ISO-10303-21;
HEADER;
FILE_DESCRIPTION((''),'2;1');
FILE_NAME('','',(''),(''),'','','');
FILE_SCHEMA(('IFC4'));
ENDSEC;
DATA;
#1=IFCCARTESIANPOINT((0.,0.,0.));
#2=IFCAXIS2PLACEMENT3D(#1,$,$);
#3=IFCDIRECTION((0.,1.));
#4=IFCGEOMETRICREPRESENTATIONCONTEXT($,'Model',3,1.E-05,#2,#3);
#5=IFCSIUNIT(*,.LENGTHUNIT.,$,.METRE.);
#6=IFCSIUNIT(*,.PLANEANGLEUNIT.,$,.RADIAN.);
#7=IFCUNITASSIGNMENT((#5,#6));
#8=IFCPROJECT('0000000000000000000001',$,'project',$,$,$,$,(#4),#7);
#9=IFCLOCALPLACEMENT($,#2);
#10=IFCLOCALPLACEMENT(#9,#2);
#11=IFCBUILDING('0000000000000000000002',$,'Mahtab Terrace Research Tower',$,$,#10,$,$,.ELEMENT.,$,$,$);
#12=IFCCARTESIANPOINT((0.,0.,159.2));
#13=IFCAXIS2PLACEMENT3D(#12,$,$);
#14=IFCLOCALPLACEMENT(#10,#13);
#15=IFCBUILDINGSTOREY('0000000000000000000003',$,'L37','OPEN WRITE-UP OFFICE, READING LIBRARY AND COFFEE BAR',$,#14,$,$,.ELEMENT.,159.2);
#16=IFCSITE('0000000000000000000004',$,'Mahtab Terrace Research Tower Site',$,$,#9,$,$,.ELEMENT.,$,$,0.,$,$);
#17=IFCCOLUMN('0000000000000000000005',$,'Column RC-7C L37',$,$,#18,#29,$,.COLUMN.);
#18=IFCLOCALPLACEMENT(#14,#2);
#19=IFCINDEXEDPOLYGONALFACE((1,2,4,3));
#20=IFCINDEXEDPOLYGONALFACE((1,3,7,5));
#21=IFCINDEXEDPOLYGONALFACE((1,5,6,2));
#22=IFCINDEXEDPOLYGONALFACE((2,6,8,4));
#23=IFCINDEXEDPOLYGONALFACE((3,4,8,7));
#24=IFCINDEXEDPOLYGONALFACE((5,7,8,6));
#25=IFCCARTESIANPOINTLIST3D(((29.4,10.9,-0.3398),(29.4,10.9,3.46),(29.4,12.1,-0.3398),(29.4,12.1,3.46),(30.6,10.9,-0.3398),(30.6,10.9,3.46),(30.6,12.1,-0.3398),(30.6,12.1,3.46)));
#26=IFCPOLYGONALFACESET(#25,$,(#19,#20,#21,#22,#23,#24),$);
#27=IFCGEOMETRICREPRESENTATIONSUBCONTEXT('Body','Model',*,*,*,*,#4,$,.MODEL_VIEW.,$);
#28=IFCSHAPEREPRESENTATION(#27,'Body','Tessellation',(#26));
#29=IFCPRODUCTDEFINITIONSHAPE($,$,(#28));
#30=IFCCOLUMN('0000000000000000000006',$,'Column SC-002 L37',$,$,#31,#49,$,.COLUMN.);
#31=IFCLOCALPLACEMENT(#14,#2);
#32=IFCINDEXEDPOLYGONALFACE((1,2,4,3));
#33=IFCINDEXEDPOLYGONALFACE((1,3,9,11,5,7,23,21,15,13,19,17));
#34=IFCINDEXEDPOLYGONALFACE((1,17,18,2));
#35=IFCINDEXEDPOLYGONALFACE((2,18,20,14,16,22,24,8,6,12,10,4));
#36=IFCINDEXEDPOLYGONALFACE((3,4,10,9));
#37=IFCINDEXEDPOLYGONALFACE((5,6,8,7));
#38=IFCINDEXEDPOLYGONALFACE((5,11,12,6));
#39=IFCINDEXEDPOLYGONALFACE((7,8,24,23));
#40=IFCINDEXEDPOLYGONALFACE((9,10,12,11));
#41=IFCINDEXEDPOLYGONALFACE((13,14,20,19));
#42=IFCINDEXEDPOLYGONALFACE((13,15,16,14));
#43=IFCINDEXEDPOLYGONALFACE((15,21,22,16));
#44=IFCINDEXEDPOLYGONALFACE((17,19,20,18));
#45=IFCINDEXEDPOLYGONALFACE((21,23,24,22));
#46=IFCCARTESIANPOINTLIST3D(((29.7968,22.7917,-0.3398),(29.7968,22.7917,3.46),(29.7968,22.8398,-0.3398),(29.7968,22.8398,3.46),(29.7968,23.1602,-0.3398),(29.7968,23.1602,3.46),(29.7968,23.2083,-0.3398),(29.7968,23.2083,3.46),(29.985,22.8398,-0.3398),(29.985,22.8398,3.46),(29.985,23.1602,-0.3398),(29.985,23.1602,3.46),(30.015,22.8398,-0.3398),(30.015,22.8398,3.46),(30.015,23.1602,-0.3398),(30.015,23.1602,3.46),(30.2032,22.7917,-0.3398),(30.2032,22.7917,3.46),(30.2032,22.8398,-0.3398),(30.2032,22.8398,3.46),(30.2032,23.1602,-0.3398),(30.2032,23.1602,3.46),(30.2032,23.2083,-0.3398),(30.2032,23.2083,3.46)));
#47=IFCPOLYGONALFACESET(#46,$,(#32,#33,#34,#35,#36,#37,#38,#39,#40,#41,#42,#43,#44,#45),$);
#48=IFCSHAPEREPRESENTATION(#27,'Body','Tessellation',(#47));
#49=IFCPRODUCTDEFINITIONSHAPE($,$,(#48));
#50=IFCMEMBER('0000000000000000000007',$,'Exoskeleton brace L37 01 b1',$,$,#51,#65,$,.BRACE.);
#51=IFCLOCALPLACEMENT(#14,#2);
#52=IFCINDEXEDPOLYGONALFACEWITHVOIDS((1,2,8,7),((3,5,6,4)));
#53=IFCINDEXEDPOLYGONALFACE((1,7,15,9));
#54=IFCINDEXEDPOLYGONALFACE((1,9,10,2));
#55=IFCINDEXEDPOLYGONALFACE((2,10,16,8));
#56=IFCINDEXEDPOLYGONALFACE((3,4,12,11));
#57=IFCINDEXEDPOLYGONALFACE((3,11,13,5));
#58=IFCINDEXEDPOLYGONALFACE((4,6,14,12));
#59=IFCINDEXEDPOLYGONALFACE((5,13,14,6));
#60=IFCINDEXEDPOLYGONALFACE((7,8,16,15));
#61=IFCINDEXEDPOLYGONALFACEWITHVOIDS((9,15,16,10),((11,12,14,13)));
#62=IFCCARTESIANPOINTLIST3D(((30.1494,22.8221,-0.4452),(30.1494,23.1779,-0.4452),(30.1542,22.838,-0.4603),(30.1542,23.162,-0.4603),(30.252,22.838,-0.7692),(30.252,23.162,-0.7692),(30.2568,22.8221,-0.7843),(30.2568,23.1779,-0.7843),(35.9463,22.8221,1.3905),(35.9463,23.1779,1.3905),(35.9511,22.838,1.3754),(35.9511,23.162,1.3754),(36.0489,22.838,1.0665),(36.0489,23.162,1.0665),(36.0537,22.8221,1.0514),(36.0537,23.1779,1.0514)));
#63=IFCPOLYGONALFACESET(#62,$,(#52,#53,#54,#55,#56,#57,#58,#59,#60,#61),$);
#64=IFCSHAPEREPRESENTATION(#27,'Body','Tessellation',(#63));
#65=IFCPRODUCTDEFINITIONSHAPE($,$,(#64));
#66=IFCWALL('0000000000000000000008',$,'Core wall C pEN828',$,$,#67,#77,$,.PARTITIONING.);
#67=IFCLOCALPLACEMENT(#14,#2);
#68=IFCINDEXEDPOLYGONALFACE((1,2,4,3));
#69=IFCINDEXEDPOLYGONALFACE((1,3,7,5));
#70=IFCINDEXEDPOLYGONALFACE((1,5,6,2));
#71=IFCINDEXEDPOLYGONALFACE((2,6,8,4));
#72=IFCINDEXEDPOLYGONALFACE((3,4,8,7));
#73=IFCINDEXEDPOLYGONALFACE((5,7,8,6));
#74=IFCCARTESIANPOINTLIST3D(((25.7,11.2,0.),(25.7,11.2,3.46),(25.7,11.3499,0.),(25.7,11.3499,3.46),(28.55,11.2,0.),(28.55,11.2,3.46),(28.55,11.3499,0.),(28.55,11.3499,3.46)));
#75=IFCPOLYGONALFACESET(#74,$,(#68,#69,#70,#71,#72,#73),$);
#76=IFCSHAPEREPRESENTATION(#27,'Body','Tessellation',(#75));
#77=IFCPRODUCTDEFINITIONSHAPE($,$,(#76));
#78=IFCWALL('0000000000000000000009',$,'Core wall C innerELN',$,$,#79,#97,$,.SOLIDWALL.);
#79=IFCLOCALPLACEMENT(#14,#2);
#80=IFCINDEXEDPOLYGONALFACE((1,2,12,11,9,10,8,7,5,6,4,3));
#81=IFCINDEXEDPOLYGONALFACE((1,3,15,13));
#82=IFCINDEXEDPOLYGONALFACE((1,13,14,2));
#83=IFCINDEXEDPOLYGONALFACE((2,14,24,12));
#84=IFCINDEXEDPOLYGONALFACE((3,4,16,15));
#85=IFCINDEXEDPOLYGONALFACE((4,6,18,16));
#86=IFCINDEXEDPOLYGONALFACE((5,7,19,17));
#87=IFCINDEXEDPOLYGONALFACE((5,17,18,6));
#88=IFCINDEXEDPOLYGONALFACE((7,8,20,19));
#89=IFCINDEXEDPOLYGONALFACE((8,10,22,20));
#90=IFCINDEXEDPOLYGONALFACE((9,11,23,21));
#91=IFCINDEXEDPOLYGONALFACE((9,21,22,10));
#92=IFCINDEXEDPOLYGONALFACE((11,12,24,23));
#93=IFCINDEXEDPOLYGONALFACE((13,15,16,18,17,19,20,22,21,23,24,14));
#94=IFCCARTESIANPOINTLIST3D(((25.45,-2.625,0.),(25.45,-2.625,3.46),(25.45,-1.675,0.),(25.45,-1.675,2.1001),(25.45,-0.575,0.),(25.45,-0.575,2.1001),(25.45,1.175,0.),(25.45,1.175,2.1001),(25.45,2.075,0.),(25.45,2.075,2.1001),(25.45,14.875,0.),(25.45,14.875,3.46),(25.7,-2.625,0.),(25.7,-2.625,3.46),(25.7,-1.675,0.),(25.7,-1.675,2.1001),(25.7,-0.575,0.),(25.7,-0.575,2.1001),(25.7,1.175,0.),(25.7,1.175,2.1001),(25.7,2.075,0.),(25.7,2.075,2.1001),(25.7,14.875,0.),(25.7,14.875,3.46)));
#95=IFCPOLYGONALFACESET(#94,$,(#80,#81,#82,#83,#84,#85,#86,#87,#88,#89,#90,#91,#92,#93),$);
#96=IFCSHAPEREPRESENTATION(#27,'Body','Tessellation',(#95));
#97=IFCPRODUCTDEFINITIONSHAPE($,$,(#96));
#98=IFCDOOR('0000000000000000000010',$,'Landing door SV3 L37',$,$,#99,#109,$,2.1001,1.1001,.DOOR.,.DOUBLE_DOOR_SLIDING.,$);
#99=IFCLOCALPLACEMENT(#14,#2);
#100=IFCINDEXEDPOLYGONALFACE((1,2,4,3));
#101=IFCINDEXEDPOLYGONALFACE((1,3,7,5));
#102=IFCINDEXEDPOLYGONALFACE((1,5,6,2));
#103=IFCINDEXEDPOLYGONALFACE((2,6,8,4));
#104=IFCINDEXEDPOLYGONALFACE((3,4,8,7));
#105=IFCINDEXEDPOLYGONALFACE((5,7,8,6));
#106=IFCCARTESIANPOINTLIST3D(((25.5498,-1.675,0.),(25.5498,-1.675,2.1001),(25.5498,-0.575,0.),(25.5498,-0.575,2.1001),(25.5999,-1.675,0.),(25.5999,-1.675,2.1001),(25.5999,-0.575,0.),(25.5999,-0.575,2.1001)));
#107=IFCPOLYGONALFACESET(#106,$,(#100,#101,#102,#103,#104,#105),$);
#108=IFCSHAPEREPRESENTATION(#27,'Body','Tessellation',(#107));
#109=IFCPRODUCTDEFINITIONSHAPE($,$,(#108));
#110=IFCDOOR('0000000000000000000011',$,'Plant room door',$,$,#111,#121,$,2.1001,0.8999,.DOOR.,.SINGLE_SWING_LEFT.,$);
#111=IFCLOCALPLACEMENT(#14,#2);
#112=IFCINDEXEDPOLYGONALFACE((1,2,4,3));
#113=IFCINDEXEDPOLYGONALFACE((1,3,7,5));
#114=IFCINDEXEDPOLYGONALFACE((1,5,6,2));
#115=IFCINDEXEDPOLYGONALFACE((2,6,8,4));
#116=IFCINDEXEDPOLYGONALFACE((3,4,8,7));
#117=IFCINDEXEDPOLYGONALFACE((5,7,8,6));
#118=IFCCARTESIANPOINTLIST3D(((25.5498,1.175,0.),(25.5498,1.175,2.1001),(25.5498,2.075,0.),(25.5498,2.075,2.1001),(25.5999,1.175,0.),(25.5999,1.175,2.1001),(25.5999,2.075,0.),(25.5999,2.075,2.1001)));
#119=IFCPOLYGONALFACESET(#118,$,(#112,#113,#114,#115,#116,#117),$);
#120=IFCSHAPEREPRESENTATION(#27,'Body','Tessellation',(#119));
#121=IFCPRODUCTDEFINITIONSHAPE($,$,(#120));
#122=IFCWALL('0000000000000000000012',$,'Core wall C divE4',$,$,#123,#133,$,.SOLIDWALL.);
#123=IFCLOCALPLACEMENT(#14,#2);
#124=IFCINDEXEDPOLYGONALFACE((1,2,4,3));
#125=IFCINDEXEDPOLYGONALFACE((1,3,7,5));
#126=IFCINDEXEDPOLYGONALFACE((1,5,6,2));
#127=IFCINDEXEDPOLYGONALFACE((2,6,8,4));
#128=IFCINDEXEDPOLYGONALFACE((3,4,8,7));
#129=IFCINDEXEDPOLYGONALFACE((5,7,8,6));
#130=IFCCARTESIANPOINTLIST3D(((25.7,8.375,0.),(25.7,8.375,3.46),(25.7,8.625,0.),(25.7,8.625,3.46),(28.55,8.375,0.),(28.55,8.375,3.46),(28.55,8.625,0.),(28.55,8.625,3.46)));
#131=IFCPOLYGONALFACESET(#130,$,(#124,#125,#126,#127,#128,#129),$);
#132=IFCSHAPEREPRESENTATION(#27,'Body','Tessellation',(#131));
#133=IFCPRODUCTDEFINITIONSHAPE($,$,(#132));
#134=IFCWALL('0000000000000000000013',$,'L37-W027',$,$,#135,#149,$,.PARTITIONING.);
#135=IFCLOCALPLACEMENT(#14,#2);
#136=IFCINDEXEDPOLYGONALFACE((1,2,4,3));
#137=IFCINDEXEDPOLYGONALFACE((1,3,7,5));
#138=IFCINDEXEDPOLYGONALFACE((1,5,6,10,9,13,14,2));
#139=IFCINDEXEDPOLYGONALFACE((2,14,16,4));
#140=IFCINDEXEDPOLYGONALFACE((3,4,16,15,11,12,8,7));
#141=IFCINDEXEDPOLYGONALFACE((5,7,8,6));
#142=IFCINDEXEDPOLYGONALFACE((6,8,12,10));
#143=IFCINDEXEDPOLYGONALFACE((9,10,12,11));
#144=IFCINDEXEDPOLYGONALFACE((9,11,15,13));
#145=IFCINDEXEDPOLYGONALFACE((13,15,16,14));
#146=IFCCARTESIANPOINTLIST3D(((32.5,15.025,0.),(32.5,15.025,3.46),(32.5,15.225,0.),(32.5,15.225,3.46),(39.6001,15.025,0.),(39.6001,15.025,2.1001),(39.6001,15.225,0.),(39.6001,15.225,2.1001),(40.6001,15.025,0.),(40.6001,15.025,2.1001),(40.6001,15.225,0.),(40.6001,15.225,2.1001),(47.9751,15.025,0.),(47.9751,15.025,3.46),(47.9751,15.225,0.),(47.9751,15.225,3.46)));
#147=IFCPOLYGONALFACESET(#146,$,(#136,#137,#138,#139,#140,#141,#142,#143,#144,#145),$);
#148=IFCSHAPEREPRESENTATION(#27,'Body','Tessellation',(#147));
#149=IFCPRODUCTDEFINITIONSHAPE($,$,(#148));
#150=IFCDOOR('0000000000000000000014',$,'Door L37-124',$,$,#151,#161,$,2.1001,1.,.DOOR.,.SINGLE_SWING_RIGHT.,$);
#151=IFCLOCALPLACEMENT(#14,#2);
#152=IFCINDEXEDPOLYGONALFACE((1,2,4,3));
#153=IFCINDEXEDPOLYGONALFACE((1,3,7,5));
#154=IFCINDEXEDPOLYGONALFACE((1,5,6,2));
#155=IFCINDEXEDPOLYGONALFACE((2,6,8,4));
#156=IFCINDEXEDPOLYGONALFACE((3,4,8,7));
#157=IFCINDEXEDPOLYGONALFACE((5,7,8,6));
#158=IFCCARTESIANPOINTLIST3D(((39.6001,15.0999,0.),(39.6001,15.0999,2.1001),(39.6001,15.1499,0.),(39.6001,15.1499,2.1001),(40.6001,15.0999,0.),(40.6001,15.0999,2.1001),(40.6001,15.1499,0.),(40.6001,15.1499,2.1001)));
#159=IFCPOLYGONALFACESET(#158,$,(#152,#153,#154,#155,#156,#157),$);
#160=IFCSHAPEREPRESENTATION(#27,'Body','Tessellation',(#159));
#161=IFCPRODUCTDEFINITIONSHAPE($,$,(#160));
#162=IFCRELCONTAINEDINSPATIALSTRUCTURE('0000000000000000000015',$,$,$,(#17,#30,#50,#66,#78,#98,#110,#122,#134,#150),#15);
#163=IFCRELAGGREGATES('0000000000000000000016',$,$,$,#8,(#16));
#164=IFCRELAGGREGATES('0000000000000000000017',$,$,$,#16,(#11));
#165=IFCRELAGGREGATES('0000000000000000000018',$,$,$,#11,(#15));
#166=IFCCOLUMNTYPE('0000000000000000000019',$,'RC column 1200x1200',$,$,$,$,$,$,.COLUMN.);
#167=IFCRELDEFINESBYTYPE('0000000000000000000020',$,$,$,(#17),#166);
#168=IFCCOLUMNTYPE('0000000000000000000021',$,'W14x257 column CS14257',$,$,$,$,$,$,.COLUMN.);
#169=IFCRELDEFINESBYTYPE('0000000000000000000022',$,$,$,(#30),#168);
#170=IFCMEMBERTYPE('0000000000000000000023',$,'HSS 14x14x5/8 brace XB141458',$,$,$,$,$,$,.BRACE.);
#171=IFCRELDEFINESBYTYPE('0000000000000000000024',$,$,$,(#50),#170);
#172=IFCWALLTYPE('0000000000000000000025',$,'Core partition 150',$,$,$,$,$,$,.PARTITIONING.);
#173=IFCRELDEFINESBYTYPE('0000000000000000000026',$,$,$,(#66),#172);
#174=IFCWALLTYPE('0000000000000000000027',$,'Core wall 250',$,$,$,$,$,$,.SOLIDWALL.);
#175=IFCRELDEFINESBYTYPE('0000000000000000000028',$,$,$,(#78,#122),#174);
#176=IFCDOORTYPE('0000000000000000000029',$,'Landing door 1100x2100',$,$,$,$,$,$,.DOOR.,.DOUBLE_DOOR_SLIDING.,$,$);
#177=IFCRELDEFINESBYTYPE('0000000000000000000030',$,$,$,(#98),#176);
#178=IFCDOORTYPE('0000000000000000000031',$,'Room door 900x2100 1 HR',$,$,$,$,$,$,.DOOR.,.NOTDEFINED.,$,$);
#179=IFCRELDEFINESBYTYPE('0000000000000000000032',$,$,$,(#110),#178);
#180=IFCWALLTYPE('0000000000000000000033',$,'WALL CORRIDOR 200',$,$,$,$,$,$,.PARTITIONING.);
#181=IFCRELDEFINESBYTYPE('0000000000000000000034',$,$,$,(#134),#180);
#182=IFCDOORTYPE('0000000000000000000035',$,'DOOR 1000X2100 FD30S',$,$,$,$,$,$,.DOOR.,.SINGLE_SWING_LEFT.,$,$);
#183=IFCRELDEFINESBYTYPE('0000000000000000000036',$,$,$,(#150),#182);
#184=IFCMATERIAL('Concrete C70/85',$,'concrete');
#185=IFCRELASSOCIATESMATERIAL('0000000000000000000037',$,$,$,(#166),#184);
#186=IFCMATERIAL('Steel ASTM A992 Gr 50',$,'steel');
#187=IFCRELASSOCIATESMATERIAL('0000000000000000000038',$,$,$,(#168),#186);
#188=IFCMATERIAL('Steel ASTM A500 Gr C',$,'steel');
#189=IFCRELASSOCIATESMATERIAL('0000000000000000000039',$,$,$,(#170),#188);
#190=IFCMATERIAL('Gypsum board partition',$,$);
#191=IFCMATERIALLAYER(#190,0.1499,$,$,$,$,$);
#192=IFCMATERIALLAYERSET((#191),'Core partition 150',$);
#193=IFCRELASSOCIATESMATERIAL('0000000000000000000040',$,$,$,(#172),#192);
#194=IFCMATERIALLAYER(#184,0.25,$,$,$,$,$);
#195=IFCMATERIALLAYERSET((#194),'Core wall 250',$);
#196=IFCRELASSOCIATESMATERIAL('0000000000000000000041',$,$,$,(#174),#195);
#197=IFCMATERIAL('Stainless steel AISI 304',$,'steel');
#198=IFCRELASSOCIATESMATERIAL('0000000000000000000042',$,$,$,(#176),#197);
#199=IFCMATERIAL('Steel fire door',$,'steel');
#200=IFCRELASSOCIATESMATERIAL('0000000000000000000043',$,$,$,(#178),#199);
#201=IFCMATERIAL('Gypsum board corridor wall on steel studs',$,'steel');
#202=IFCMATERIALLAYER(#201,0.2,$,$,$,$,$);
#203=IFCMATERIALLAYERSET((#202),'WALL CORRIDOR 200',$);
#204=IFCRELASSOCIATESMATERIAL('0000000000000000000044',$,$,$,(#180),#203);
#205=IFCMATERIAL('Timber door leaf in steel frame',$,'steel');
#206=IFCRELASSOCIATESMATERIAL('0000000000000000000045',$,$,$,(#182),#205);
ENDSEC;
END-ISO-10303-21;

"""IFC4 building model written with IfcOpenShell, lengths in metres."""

from ifc_helpers import new_model, si_unit, direction, frame, frame_2d, origin, origin_2d, place, context, subcontext, project, spatial, rectangle, hollow_rectangle, i_section, extrude, material, layer, layer_set, material_profile, profile_set, type_object, element, fill, save


model = new_model("IFC4")

# Units and contexts
model_context = context("Model", 3, precision=1e-05, world=origin(), true_north=direction((0.0, 1.0)))
body_context = subcontext(model_context, "Body", "Model", "MODEL_VIEW")
ifc_project = project(units=[si_unit("LENGTHUNIT", "METRE"), si_unit("PLANEANGLEUNIT", "RADIAN")], contexts=[model_context])

# Site, building, storey
site_placement = place(None, origin())
site = spatial("IfcSite", under=ifc_project, at=site_placement, Name="Mahtab Terrace Research Tower Site", CompositionType="ELEMENT", RefElevation=0.0)
building_placement = place(site_placement, origin())
building = spatial("IfcBuilding", under=site, at=building_placement, Name="Mahtab Terrace Research Tower", CompositionType="ELEMENT")
storey_placement = place(building_placement, frame((0.0, 0.0, 159.2)))
storey = spatial("IfcBuildingStorey", under=building, at=storey_placement, Name="L37", Description="OPEN WRITE-UP OFFICE, READING LIBRARY AND COFFEE BAR", CompositionType="ELEMENT", Elevation=159.2)

# Columns
ifc_material_1 = material(Name="Concrete C70/85", Category="concrete")
ifc_material_profile_1 = material_profile(ifc_material_1, rectangle(XDim=1.2, YDim=1.2, at=origin_2d()), Name="RC column 1200x1200")
ifc_profile_set_1 = profile_set([ifc_material_profile_1], Name="Concrete C70/85")
column_type_1 = type_object("IfcColumnType", Name="RC column 1200x1200", PredefinedType="COLUMN", material=ifc_profile_set_1)
column_1_placement = place(storey_placement, frame((30.0, 11.5, -0.3398), z_axis=(0.0, 0.0, 1.0), x_axis=(1.0, 0.0, 0.0)))
element("IfcColumn", 1, at=column_1_placement, inside=storey, type_object=column_type_1, Name="Column RC-7C L37", PredefinedType="COLUMN", context=body_context, shape_type="SweptSolid", body=[
    extrude(rectangle(XDim=1.2, YDim=1.2, at=origin_2d()), origin(), (0.0, 0.0, 1.0), 3.7998),
])
ifc_material_2 = material(Name="Steel ASTM A992 Gr 50", Category="steel")
ifc_material_profile_2 = material_profile(ifc_material_2, i_section(OverallWidth=0.4065, OverallDepth=0.4165, WebThickness=0.03, FlangeThickness=0.0481, at=origin_2d()), Name="W14X257")
ifc_profile_set_2 = profile_set([ifc_material_profile_2], Name="Steel ASTM A992 Gr 50")
column_type_2 = type_object("IfcColumnType", Name="W14x257 column CS14257", PredefinedType="COLUMN", material=ifc_profile_set_2)
column_2_placement = place(storey_placement, frame((30.0, 23.0, -0.3398), z_axis=(0.0, 0.0, 1.0), x_axis=(1.0, 0.0, 0.0)))
element("IfcColumn", 2, at=column_2_placement, inside=storey, type_object=column_type_2, Name="Column SC-002 L37", PredefinedType="COLUMN", context=body_context, shape_type="SweptSolid", body=[
    extrude(i_section(OverallWidth=0.4065, OverallDepth=0.4165, WebThickness=0.03, FlangeThickness=0.0481, at=origin_2d()), origin(), (0.0, 0.0, 1.0), 3.7998),
])

# Member
ifc_material_3 = material(Name="Steel ASTM A500 Gr C", Category="steel")
ifc_material_profile_3 = material_profile(ifc_material_3, hollow_rectangle(XDim=0.3557, YDim=0.3557, WallThickness=0.0159, at=origin_2d()), Name="HSS14X14X5/8")
ifc_profile_set_3 = profile_set([ifc_material_profile_3], Name="Steel ASTM A500 Gr C")
member_type = type_object("IfcMemberType", Name="HSS 14x14x5/8 brace XB141458", PredefinedType="BRACE", material=ifc_profile_set_3)
member_placement = place(storey_placement, frame((30.2031, 23.0, -0.6147), z_axis=(0.953341, 0.0, 0.301894), x_axis=(0.0, 1.0, 0.0)))
element("IfcMember", 3, at=member_placement, inside=storey, type_object=member_type, Name="Exoskeleton brace L37 01 b1", PredefinedType="BRACE", context=body_context, shape_type="SweptSolid", body=[
    extrude(hollow_rectangle(XDim=0.3557, YDim=0.3557, WallThickness=0.0159, at=origin_2d()), origin(), (0.0, 0.0, 1.0), 6.0806),
])

# Wall
ifc_material_4 = material(Name="Gypsum board partition")
ifc_layer_1 = layer(ifc_material_4, 0.1499)
ifc_layer_set_1 = layer_set([ifc_layer_1], Name="Core partition 150")
wall_type_1 = type_object("IfcWallType", Name="Core partition 150", PredefinedType="PARTITIONING", material=ifc_layer_set_1)
wall_1_placement = place(storey_placement, frame((25.7, 11.2749, 0.0), z_axis=(0.0, 0.0, 1.0), x_axis=(1.0, 0.0, 0.0)))
element("IfcWall", 4, at=wall_1_placement, inside=storey, type_object=wall_type_1, Name="Core wall C pEN828", PredefinedType="PARTITIONING", context=body_context, shape_type="SweptSolid", body=[
    extrude(rectangle(XDim=2.8501, YDim=0.1499, at=frame_2d((1.425, 0.0))), origin(), (0.0, 0.0, 1.0), 3.46),
])

# Wall, openings, doors
ifc_layer_2 = layer(ifc_material_1, 0.25)
ifc_layer_set_2 = layer_set([ifc_layer_2], Name="Core wall 250")
wall_type_2 = type_object("IfcWallType", Name="Core wall 250", PredefinedType="SOLIDWALL", material=ifc_layer_set_2)
wall_2_placement = place(storey_placement, frame((25.575, 14.875, 0.0), z_axis=(0.0, 0.0, 1.0), x_axis=(0.0, -1.0, 0.0)))
wall_2 = element("IfcWall", 5, at=wall_2_placement, inside=storey, type_object=wall_type_2, Name="Core wall C innerELN", PredefinedType="SOLIDWALL", context=body_context, shape_type="SweptSolid", body=[
    extrude(rectangle(XDim=17.5, YDim=0.25, at=frame_2d((8.75, 0.0))), origin(), (0.0, 0.0, 1.0), 3.46),
])
opening_1_placement = place(wall_2_placement, frame((15.45, 0.0, 0.0)))
opening_1 = element("IfcOpeningElement", 6, at=opening_1_placement, cuts=wall_2, PredefinedType="OPENING", context=body_context, shape_type="SweptSolid", body=[
    extrude(rectangle(XDim=1.1001, YDim=2.1001, at=frame_2d((0.55, 1.05))), frame((0.0, 0.135, 0.0), z_axis=(0.0, -1.0, 0.0), x_axis=(1.0, 0.0, 0.0)), (0.0, 0.0, 1.0), 0.27),
])
opening_2_placement = place(wall_2_placement, frame((12.8, 0.0, 0.0)))
opening_2 = element("IfcOpeningElement", 7, at=opening_2_placement, cuts=wall_2, PredefinedType="OPENING", context=body_context, shape_type="SweptSolid", body=[
    extrude(rectangle(XDim=0.8999, YDim=2.1001, at=frame_2d((0.45, 1.05))), frame((0.0, 0.135, 0.0), z_axis=(0.0, -1.0, 0.0), x_axis=(1.0, 0.0, 0.0)), (0.0, 0.0, 1.0), 0.27),
])
ifc_material_5 = material(Name="Stainless steel AISI 304", Category="steel")
door_type_1 = type_object("IfcDoorType", Name="Landing door 1100x2100", OperationType="DOUBLE_DOOR_SLIDING", PredefinedType="DOOR", material=ifc_material_5)
door_1_placement = place(opening_1_placement, origin())
door_1 = element("IfcDoor", 8, at=door_1_placement, inside=storey, type_object=door_type_1, Name="Landing door SV3 L37", OperationType="DOUBLE_DOOR_SLIDING", OverallHeight=2.1001, OverallWidth=1.1001, PredefinedType="DOOR", context=body_context, shape_type="SweptSolid", body=[
    extrude(rectangle(XDim=1.1001, YDim=2.1001, at=frame_2d((0.55, 1.05))), frame((0.0, 0.0249, 0.0), z_axis=(0.0, -1.0, 0.0), x_axis=(1.0, 0.0, 0.0)), (0.0, 0.0, 1.0), 0.05),
])
fill(opening_1, door_1)
ifc_material_6 = material(Name="Steel fire door", Category="steel")
door_type_2 = type_object("IfcDoorType", Name="Room door 900x2100 1 HR", OperationType="NOTDEFINED", PredefinedType="DOOR", material=ifc_material_6)
door_2_placement = place(opening_2_placement, origin())
door_2 = element("IfcDoor", 9, at=door_2_placement, inside=storey, type_object=door_type_2, Name="Plant room door", OperationType="SINGLE_SWING_LEFT", OverallHeight=2.1001, OverallWidth=0.8999, PredefinedType="DOOR", context=body_context, shape_type="SweptSolid", body=[
    extrude(rectangle(XDim=0.8999, YDim=2.1001, at=frame_2d((0.45, 1.05))), frame((0.0, 0.0249, 0.0), z_axis=(0.0, -1.0, 0.0), x_axis=(1.0, 0.0, 0.0)), (0.0, 0.0, 1.0), 0.05),
])
fill(opening_2, door_2)

# Wall
wall_3_placement = place(storey_placement, frame((25.7, 8.5, 0.0), z_axis=(0.0, 0.0, 1.0), x_axis=(1.0, 0.0, 0.0)))
element("IfcWall", 10, at=wall_3_placement, inside=storey, type_object=wall_type_2, Name="Core wall C divE4", PredefinedType="SOLIDWALL", context=body_context, shape_type="SweptSolid", body=[
    extrude(rectangle(XDim=2.8501, YDim=0.25, at=frame_2d((1.425, 0.0))), origin(), (0.0, 0.0, 1.0), 3.46),
])

# Wall, opening, door
ifc_material_7 = material(Name="Gypsum board corridor wall on steel studs", Category="steel")
ifc_layer_3 = layer(ifc_material_7, 0.2)
ifc_layer_set_3 = layer_set([ifc_layer_3], Name="WALL CORRIDOR 200")
wall_type_3 = type_object("IfcWallType", Name="WALL CORRIDOR 200", PredefinedType="PARTITIONING", material=ifc_layer_set_3)
wall_4_placement = place(storey_placement, frame((32.5, 15.125, 0.0), z_axis=(0.0, 0.0, 1.0), x_axis=(1.0, 0.0, 0.0)))
wall_4 = element("IfcWall", 11, at=wall_4_placement, inside=storey, type_object=wall_type_3, Name="L37-W027", PredefinedType="PARTITIONING", context=body_context, shape_type="SweptSolid", body=[
    extrude(rectangle(XDim=15.4751, YDim=0.2, at=frame_2d((7.7375, 0.0))), origin(), (0.0, 0.0, 1.0), 3.46),
])
opening_3_placement = place(wall_4_placement, frame((7.1001, 0.0, 0.0)))
opening_3 = element("IfcOpeningElement", 12, at=opening_3_placement, cuts=wall_4, PredefinedType="OPENING", context=body_context, shape_type="SweptSolid", body=[
    extrude(rectangle(XDim=1.0, YDim=2.1001, at=frame_2d((0.5, 1.05))), frame((0.0, 0.1099, 0.0), z_axis=(0.0, -1.0, 0.0), x_axis=(1.0, 0.0, 0.0)), (0.0, 0.0, 1.0), 0.22),
])
ifc_material_8 = material(Name="Timber door leaf in steel frame", Category="steel")
door_type_3 = type_object("IfcDoorType", Name="DOOR 1000X2100 FD30S", OperationType="SINGLE_SWING_LEFT", PredefinedType="DOOR", material=ifc_material_8)
door_3_placement = place(opening_3_placement, origin())
door_3 = element("IfcDoor", 13, at=door_3_placement, inside=storey, type_object=door_type_3, Name="Door L37-124", OperationType="SINGLE_SWING_RIGHT", OverallHeight=2.1001, OverallWidth=1.0, PredefinedType="DOOR", context=body_context, shape_type="SweptSolid", body=[
    extrude(rectangle(XDim=1.0, YDim=2.1001, at=frame_2d((0.5, 1.05))), frame((0.0, 0.0249, 0.0), z_axis=(0.0, -1.0, 0.0), x_axis=(1.0, 0.0, 0.0)), (0.0, 0.0, 1.0), 0.05),
])
fill(opening_3, door_3)

save(model, "model.ifc")
